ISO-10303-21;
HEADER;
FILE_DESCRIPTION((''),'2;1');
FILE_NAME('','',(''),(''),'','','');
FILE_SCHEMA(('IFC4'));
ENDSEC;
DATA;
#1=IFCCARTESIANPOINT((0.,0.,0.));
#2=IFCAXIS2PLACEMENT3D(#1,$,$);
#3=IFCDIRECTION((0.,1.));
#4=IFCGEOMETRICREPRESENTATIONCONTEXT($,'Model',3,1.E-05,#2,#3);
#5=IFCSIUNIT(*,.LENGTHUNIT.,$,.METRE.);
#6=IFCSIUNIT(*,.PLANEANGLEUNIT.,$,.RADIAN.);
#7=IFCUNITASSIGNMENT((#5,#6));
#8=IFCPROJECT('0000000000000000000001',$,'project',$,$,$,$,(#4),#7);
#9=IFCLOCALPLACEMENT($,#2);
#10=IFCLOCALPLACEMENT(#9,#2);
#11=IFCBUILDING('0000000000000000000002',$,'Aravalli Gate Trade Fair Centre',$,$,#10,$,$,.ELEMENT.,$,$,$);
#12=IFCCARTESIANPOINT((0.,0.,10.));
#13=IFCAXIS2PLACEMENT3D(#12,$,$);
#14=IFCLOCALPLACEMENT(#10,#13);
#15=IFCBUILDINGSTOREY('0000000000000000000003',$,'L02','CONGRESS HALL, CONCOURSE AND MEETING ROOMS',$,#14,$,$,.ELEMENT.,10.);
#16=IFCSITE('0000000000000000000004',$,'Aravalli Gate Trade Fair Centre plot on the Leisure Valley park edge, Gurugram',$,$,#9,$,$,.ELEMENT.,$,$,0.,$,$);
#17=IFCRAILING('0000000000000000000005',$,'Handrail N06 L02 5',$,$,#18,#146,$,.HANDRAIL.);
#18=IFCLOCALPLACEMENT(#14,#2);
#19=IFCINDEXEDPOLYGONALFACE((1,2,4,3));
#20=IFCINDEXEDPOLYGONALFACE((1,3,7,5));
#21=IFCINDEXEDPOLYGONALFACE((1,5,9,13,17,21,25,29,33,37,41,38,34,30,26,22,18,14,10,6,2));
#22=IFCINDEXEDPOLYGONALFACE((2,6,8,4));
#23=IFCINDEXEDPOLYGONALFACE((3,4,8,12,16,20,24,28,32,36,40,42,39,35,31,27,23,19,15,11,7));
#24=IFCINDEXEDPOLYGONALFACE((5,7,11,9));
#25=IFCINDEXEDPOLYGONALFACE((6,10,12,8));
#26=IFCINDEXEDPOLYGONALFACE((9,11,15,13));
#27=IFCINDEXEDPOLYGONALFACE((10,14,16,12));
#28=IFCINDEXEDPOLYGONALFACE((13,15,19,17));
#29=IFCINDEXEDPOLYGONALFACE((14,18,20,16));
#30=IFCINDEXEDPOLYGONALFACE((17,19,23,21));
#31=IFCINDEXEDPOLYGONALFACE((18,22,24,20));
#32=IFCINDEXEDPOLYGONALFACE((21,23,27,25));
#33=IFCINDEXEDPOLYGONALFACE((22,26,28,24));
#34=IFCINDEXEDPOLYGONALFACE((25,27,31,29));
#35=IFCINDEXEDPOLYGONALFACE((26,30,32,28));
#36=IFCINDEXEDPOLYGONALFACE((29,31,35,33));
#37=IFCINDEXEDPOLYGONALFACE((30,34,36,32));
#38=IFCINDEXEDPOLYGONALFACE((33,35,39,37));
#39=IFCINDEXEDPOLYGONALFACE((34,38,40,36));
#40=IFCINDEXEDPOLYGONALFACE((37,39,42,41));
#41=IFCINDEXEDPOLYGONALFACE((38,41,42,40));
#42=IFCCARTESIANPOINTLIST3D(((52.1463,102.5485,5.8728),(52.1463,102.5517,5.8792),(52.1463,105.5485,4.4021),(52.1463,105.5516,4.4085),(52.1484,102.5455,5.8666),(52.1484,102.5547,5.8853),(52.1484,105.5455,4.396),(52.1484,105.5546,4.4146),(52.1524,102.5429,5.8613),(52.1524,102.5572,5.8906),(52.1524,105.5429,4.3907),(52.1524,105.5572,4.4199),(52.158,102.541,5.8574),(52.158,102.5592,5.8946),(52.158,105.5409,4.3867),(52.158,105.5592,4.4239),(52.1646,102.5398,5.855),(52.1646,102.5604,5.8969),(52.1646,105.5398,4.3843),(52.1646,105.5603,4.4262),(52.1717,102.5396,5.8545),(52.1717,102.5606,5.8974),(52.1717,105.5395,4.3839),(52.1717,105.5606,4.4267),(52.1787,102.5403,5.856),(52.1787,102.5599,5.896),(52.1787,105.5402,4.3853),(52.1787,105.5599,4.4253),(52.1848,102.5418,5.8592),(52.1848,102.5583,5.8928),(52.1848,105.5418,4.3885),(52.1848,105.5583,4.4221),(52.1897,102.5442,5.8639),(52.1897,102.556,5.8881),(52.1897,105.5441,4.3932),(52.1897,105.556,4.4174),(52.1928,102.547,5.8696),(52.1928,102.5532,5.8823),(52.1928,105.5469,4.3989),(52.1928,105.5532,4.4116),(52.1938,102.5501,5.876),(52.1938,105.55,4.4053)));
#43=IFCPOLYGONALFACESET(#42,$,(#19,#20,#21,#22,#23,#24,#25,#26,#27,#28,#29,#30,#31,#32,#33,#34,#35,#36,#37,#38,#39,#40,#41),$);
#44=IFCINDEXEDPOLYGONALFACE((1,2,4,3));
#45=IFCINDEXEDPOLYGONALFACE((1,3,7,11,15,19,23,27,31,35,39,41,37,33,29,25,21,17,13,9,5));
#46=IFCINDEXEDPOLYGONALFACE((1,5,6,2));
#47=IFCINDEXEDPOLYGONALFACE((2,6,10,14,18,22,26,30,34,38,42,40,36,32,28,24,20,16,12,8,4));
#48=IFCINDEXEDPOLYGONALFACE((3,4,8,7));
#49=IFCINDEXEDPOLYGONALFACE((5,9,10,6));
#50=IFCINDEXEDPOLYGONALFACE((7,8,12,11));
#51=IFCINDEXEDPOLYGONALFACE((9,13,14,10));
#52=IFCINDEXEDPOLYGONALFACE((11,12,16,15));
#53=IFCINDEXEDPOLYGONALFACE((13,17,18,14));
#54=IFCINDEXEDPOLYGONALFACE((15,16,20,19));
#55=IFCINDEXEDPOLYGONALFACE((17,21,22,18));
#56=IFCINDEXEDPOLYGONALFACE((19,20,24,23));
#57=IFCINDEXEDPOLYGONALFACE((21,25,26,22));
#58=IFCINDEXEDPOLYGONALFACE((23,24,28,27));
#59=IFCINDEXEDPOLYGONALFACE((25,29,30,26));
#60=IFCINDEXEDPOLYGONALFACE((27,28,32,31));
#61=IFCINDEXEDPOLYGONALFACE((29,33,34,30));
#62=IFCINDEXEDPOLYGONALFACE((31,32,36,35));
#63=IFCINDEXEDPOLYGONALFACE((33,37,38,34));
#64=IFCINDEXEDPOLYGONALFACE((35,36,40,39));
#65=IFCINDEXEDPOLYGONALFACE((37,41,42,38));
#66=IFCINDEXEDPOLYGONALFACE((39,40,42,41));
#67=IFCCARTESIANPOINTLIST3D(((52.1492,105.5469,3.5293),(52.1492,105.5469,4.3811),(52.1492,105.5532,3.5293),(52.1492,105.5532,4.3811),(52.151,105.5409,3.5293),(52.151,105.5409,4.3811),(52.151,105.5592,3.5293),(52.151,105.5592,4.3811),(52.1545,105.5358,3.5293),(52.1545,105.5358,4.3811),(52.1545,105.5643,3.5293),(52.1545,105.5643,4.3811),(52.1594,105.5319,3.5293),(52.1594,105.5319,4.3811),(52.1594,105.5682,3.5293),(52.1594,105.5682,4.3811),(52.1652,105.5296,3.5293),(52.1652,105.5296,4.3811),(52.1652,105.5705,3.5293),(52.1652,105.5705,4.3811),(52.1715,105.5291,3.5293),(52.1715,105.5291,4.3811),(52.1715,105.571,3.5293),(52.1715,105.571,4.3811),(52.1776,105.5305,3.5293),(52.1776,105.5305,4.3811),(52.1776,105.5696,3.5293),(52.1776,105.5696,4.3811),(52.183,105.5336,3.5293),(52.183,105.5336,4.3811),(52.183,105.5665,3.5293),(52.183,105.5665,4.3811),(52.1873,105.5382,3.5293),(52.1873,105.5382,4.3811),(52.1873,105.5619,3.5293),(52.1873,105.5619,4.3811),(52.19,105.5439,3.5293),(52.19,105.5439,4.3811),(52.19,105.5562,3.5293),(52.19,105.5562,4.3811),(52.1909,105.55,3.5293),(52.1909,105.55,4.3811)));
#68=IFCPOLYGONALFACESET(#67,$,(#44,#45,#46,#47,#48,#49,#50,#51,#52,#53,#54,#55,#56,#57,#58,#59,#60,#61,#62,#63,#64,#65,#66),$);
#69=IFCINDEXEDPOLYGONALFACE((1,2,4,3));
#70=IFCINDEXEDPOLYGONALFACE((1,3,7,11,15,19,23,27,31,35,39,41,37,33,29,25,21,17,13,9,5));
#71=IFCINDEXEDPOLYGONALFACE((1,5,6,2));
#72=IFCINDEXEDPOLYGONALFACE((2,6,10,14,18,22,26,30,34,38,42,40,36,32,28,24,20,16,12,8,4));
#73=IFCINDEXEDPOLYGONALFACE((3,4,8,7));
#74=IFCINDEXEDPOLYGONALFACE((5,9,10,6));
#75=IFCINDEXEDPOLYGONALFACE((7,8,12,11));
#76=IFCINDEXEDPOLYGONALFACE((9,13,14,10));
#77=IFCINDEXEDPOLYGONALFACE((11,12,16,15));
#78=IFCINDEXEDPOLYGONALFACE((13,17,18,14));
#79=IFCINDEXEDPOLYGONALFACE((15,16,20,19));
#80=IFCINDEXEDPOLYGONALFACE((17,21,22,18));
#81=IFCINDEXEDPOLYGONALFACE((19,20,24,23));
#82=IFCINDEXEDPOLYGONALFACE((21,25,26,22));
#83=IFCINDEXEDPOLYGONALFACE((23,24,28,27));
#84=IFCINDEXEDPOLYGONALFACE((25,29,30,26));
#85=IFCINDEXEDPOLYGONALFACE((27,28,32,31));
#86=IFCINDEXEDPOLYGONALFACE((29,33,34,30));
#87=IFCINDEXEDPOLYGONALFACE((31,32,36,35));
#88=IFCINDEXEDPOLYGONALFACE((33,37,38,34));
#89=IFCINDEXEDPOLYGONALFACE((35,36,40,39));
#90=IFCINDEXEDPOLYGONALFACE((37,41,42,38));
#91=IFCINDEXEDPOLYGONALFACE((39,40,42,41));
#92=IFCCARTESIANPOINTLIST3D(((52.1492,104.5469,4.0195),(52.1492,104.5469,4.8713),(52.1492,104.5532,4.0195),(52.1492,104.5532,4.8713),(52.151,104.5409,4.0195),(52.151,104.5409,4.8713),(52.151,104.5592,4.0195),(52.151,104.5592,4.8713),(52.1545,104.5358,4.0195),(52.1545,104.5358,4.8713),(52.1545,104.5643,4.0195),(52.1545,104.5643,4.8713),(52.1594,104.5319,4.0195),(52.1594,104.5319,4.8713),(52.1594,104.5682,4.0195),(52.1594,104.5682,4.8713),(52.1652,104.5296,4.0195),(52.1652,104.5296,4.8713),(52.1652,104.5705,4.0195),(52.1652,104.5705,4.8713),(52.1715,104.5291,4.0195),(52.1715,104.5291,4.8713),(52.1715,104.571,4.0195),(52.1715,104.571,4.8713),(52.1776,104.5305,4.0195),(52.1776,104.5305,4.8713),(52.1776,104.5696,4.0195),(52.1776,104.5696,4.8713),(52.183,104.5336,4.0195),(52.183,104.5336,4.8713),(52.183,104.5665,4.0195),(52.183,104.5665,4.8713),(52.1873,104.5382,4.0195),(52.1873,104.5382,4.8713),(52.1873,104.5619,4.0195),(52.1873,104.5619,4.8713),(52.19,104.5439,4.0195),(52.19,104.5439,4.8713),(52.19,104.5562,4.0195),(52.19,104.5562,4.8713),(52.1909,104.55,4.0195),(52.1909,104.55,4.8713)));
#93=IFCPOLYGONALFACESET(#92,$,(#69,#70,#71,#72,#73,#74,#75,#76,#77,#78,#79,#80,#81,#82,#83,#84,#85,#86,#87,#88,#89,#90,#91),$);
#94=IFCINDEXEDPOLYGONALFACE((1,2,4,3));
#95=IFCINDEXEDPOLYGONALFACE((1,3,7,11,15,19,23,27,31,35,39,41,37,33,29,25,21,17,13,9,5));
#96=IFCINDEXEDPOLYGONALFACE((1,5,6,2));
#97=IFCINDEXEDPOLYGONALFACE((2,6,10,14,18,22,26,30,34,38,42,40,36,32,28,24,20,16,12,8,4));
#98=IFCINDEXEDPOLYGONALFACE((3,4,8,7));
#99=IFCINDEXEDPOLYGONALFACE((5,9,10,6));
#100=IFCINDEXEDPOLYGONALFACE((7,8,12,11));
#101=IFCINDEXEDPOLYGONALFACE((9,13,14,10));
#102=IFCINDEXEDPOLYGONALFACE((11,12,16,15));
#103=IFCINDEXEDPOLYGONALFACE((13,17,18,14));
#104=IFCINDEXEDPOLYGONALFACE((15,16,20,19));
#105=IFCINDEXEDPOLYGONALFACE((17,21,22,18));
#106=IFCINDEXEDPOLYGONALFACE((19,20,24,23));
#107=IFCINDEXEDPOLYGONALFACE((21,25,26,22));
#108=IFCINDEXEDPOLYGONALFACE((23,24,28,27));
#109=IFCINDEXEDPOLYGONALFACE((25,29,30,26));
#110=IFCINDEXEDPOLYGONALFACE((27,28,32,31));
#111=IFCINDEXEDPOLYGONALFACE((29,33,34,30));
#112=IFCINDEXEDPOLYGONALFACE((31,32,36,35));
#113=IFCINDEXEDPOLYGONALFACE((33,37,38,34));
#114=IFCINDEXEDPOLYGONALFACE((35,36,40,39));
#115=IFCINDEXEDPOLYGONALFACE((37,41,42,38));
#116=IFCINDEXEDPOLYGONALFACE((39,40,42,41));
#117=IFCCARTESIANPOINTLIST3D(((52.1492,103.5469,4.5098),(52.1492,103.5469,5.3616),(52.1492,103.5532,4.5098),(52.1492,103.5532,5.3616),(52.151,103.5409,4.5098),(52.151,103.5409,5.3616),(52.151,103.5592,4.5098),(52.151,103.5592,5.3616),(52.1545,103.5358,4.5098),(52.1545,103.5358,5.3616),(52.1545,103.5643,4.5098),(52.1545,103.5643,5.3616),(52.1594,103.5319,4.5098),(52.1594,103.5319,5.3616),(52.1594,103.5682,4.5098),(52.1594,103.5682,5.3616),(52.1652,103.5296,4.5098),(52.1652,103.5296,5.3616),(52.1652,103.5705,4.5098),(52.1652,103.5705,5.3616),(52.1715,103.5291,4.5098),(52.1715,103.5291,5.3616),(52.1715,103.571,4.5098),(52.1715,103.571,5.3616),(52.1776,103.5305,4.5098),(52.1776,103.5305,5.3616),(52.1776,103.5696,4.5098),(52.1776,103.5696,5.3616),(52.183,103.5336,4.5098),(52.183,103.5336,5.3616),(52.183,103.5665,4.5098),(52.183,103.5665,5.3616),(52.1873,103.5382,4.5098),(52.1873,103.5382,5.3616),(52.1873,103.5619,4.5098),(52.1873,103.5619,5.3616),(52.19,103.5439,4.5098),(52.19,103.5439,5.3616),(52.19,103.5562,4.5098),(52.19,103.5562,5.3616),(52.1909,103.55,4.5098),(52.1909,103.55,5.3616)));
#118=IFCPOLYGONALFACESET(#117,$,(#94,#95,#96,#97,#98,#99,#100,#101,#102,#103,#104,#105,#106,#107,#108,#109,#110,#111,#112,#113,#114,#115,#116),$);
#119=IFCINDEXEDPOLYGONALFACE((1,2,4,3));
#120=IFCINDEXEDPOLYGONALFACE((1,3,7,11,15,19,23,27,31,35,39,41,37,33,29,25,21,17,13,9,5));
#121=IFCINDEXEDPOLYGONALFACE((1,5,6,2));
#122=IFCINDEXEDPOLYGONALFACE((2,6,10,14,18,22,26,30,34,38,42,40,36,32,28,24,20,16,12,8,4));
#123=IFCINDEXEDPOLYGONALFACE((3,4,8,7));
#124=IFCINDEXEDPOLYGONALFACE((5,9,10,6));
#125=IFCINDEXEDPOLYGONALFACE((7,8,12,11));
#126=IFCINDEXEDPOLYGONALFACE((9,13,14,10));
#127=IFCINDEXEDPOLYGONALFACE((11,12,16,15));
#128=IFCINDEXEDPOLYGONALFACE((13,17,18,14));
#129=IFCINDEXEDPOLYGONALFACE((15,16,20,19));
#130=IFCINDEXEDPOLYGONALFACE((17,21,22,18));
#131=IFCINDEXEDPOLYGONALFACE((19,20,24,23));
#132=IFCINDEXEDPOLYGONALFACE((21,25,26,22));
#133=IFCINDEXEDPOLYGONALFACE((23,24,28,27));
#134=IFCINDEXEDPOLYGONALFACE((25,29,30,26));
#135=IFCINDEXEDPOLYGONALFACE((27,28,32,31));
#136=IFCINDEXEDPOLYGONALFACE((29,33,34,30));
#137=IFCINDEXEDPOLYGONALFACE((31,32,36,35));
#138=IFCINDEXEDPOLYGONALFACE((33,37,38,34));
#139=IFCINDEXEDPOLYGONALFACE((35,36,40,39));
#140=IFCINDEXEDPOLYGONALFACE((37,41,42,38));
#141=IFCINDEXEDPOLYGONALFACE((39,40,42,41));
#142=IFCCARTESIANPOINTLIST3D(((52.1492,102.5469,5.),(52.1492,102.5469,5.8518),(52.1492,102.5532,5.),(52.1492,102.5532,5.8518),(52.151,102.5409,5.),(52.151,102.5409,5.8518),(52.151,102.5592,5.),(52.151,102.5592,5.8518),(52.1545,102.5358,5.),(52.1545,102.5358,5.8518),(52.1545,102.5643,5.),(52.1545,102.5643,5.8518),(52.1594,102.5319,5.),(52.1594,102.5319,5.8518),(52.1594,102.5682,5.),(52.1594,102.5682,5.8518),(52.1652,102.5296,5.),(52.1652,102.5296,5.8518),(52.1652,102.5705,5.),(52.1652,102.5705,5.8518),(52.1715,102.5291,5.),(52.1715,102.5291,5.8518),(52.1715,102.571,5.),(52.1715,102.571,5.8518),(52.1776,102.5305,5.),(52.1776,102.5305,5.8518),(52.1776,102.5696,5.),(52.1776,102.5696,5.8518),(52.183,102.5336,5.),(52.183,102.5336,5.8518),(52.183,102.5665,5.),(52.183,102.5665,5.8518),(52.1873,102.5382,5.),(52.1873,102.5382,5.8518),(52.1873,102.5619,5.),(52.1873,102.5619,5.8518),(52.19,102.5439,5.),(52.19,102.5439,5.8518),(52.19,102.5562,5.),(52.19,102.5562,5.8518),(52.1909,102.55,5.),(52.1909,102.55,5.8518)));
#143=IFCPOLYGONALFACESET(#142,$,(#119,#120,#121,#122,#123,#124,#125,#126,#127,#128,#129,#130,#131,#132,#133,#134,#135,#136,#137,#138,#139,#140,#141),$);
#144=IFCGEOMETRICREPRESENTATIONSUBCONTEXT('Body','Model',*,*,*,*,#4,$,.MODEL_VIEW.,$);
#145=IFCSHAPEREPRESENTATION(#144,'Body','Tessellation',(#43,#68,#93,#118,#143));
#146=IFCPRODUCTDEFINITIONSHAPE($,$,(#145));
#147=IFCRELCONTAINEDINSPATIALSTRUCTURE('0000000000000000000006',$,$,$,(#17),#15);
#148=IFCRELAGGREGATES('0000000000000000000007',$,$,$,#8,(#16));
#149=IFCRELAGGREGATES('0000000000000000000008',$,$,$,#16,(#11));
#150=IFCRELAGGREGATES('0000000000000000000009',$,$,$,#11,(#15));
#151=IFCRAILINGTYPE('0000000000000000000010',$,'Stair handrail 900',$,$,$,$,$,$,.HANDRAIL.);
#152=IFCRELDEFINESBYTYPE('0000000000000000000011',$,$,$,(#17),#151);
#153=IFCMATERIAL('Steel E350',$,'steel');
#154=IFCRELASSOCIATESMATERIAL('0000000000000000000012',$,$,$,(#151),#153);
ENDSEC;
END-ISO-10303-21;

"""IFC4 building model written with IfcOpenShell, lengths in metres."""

from ifc_helpers import new_model, si_unit, direction, frame, origin, origin_2d, place, context, subcontext, project, spatial, circle, extrude, material, type_object, element, save


model = new_model("IFC4")

# Units and contexts
model_context = context("Model", 3, precision=1e-05, world=origin(), true_north=direction((0.0, 1.0)))
body_context = subcontext(model_context, "Body", "Model", "MODEL_VIEW")
ifc_project = project(units=[si_unit("LENGTHUNIT", "METRE"), si_unit("PLANEANGLEUNIT", "RADIAN")], contexts=[model_context])

# Site, building, storey
site_placement = place(None, origin())
site = spatial("IfcSite", under=ifc_project, at=site_placement, Name="Aravalli Gate Trade Fair Centre plot on the Leisure Valley park edge, Gurugram", CompositionType="ELEMENT", RefElevation=0.0)
building_placement = place(site_placement, origin())
building = spatial("IfcBuilding", under=site, at=building_placement, Name="Aravalli Gate Trade Fair Centre", CompositionType="ELEMENT")
storey_placement = place(building_placement, frame((0.0, 0.0, 10.0)))
storey = spatial("IfcBuildingStorey", under=building, at=storey_placement, Name="L02", Description="CONGRESS HALL, CONCOURSE AND MEETING ROOMS", CompositionType="ELEMENT", Elevation=10.0)

# Shared definitions
ifc_material_1 = material(Name="Steel E350", Category="steel")

# Railing
railing_type = type_object("IfcRailingType", Name="Stair handrail 900", PredefinedType="HANDRAIL", material=ifc_material_1)
for number, where, name in (
    (1, (52.1699, 105.55, 3.5293), "Handrail N06 L02 5"),
):
    element("IfcRailing", number, at=place(storey_placement, frame(where)), inside=storey, type_object=railing_type, Name=name, PredefinedType="HANDRAIL", context=body_context, shape_type="SweptSolid", body=[
        extrude(circle(Radius=0.0239, at=origin_2d()), frame((0.0, 0.0, 0.876), z_axis=(0.0, -0.897907, 0.440185), x_axis=(1.0, 0.0, 0.0)), (0.0, 0.0, 1.0), 3.3411),
        extrude(circle(Radius=0.021, at=origin_2d()), origin(), (0.0, 0.0, 1.0), 0.8518),
        extrude(circle(Radius=0.021, at=origin_2d()), frame((0.0, -1.0, 0.4902)), (0.0, 0.0, 1.0), 0.8518),
        extrude(circle(Radius=0.021, at=origin_2d()), frame((0.0, -2.0, 0.9805)), (0.0, 0.0, 1.0), 0.8518),
        extrude(circle(Radius=0.021, at=origin_2d()), frame((0.0, -3.0, 1.4707)), (0.0, 0.0, 1.0), 0.8518),
    ])

save(model, "model.ifc")
